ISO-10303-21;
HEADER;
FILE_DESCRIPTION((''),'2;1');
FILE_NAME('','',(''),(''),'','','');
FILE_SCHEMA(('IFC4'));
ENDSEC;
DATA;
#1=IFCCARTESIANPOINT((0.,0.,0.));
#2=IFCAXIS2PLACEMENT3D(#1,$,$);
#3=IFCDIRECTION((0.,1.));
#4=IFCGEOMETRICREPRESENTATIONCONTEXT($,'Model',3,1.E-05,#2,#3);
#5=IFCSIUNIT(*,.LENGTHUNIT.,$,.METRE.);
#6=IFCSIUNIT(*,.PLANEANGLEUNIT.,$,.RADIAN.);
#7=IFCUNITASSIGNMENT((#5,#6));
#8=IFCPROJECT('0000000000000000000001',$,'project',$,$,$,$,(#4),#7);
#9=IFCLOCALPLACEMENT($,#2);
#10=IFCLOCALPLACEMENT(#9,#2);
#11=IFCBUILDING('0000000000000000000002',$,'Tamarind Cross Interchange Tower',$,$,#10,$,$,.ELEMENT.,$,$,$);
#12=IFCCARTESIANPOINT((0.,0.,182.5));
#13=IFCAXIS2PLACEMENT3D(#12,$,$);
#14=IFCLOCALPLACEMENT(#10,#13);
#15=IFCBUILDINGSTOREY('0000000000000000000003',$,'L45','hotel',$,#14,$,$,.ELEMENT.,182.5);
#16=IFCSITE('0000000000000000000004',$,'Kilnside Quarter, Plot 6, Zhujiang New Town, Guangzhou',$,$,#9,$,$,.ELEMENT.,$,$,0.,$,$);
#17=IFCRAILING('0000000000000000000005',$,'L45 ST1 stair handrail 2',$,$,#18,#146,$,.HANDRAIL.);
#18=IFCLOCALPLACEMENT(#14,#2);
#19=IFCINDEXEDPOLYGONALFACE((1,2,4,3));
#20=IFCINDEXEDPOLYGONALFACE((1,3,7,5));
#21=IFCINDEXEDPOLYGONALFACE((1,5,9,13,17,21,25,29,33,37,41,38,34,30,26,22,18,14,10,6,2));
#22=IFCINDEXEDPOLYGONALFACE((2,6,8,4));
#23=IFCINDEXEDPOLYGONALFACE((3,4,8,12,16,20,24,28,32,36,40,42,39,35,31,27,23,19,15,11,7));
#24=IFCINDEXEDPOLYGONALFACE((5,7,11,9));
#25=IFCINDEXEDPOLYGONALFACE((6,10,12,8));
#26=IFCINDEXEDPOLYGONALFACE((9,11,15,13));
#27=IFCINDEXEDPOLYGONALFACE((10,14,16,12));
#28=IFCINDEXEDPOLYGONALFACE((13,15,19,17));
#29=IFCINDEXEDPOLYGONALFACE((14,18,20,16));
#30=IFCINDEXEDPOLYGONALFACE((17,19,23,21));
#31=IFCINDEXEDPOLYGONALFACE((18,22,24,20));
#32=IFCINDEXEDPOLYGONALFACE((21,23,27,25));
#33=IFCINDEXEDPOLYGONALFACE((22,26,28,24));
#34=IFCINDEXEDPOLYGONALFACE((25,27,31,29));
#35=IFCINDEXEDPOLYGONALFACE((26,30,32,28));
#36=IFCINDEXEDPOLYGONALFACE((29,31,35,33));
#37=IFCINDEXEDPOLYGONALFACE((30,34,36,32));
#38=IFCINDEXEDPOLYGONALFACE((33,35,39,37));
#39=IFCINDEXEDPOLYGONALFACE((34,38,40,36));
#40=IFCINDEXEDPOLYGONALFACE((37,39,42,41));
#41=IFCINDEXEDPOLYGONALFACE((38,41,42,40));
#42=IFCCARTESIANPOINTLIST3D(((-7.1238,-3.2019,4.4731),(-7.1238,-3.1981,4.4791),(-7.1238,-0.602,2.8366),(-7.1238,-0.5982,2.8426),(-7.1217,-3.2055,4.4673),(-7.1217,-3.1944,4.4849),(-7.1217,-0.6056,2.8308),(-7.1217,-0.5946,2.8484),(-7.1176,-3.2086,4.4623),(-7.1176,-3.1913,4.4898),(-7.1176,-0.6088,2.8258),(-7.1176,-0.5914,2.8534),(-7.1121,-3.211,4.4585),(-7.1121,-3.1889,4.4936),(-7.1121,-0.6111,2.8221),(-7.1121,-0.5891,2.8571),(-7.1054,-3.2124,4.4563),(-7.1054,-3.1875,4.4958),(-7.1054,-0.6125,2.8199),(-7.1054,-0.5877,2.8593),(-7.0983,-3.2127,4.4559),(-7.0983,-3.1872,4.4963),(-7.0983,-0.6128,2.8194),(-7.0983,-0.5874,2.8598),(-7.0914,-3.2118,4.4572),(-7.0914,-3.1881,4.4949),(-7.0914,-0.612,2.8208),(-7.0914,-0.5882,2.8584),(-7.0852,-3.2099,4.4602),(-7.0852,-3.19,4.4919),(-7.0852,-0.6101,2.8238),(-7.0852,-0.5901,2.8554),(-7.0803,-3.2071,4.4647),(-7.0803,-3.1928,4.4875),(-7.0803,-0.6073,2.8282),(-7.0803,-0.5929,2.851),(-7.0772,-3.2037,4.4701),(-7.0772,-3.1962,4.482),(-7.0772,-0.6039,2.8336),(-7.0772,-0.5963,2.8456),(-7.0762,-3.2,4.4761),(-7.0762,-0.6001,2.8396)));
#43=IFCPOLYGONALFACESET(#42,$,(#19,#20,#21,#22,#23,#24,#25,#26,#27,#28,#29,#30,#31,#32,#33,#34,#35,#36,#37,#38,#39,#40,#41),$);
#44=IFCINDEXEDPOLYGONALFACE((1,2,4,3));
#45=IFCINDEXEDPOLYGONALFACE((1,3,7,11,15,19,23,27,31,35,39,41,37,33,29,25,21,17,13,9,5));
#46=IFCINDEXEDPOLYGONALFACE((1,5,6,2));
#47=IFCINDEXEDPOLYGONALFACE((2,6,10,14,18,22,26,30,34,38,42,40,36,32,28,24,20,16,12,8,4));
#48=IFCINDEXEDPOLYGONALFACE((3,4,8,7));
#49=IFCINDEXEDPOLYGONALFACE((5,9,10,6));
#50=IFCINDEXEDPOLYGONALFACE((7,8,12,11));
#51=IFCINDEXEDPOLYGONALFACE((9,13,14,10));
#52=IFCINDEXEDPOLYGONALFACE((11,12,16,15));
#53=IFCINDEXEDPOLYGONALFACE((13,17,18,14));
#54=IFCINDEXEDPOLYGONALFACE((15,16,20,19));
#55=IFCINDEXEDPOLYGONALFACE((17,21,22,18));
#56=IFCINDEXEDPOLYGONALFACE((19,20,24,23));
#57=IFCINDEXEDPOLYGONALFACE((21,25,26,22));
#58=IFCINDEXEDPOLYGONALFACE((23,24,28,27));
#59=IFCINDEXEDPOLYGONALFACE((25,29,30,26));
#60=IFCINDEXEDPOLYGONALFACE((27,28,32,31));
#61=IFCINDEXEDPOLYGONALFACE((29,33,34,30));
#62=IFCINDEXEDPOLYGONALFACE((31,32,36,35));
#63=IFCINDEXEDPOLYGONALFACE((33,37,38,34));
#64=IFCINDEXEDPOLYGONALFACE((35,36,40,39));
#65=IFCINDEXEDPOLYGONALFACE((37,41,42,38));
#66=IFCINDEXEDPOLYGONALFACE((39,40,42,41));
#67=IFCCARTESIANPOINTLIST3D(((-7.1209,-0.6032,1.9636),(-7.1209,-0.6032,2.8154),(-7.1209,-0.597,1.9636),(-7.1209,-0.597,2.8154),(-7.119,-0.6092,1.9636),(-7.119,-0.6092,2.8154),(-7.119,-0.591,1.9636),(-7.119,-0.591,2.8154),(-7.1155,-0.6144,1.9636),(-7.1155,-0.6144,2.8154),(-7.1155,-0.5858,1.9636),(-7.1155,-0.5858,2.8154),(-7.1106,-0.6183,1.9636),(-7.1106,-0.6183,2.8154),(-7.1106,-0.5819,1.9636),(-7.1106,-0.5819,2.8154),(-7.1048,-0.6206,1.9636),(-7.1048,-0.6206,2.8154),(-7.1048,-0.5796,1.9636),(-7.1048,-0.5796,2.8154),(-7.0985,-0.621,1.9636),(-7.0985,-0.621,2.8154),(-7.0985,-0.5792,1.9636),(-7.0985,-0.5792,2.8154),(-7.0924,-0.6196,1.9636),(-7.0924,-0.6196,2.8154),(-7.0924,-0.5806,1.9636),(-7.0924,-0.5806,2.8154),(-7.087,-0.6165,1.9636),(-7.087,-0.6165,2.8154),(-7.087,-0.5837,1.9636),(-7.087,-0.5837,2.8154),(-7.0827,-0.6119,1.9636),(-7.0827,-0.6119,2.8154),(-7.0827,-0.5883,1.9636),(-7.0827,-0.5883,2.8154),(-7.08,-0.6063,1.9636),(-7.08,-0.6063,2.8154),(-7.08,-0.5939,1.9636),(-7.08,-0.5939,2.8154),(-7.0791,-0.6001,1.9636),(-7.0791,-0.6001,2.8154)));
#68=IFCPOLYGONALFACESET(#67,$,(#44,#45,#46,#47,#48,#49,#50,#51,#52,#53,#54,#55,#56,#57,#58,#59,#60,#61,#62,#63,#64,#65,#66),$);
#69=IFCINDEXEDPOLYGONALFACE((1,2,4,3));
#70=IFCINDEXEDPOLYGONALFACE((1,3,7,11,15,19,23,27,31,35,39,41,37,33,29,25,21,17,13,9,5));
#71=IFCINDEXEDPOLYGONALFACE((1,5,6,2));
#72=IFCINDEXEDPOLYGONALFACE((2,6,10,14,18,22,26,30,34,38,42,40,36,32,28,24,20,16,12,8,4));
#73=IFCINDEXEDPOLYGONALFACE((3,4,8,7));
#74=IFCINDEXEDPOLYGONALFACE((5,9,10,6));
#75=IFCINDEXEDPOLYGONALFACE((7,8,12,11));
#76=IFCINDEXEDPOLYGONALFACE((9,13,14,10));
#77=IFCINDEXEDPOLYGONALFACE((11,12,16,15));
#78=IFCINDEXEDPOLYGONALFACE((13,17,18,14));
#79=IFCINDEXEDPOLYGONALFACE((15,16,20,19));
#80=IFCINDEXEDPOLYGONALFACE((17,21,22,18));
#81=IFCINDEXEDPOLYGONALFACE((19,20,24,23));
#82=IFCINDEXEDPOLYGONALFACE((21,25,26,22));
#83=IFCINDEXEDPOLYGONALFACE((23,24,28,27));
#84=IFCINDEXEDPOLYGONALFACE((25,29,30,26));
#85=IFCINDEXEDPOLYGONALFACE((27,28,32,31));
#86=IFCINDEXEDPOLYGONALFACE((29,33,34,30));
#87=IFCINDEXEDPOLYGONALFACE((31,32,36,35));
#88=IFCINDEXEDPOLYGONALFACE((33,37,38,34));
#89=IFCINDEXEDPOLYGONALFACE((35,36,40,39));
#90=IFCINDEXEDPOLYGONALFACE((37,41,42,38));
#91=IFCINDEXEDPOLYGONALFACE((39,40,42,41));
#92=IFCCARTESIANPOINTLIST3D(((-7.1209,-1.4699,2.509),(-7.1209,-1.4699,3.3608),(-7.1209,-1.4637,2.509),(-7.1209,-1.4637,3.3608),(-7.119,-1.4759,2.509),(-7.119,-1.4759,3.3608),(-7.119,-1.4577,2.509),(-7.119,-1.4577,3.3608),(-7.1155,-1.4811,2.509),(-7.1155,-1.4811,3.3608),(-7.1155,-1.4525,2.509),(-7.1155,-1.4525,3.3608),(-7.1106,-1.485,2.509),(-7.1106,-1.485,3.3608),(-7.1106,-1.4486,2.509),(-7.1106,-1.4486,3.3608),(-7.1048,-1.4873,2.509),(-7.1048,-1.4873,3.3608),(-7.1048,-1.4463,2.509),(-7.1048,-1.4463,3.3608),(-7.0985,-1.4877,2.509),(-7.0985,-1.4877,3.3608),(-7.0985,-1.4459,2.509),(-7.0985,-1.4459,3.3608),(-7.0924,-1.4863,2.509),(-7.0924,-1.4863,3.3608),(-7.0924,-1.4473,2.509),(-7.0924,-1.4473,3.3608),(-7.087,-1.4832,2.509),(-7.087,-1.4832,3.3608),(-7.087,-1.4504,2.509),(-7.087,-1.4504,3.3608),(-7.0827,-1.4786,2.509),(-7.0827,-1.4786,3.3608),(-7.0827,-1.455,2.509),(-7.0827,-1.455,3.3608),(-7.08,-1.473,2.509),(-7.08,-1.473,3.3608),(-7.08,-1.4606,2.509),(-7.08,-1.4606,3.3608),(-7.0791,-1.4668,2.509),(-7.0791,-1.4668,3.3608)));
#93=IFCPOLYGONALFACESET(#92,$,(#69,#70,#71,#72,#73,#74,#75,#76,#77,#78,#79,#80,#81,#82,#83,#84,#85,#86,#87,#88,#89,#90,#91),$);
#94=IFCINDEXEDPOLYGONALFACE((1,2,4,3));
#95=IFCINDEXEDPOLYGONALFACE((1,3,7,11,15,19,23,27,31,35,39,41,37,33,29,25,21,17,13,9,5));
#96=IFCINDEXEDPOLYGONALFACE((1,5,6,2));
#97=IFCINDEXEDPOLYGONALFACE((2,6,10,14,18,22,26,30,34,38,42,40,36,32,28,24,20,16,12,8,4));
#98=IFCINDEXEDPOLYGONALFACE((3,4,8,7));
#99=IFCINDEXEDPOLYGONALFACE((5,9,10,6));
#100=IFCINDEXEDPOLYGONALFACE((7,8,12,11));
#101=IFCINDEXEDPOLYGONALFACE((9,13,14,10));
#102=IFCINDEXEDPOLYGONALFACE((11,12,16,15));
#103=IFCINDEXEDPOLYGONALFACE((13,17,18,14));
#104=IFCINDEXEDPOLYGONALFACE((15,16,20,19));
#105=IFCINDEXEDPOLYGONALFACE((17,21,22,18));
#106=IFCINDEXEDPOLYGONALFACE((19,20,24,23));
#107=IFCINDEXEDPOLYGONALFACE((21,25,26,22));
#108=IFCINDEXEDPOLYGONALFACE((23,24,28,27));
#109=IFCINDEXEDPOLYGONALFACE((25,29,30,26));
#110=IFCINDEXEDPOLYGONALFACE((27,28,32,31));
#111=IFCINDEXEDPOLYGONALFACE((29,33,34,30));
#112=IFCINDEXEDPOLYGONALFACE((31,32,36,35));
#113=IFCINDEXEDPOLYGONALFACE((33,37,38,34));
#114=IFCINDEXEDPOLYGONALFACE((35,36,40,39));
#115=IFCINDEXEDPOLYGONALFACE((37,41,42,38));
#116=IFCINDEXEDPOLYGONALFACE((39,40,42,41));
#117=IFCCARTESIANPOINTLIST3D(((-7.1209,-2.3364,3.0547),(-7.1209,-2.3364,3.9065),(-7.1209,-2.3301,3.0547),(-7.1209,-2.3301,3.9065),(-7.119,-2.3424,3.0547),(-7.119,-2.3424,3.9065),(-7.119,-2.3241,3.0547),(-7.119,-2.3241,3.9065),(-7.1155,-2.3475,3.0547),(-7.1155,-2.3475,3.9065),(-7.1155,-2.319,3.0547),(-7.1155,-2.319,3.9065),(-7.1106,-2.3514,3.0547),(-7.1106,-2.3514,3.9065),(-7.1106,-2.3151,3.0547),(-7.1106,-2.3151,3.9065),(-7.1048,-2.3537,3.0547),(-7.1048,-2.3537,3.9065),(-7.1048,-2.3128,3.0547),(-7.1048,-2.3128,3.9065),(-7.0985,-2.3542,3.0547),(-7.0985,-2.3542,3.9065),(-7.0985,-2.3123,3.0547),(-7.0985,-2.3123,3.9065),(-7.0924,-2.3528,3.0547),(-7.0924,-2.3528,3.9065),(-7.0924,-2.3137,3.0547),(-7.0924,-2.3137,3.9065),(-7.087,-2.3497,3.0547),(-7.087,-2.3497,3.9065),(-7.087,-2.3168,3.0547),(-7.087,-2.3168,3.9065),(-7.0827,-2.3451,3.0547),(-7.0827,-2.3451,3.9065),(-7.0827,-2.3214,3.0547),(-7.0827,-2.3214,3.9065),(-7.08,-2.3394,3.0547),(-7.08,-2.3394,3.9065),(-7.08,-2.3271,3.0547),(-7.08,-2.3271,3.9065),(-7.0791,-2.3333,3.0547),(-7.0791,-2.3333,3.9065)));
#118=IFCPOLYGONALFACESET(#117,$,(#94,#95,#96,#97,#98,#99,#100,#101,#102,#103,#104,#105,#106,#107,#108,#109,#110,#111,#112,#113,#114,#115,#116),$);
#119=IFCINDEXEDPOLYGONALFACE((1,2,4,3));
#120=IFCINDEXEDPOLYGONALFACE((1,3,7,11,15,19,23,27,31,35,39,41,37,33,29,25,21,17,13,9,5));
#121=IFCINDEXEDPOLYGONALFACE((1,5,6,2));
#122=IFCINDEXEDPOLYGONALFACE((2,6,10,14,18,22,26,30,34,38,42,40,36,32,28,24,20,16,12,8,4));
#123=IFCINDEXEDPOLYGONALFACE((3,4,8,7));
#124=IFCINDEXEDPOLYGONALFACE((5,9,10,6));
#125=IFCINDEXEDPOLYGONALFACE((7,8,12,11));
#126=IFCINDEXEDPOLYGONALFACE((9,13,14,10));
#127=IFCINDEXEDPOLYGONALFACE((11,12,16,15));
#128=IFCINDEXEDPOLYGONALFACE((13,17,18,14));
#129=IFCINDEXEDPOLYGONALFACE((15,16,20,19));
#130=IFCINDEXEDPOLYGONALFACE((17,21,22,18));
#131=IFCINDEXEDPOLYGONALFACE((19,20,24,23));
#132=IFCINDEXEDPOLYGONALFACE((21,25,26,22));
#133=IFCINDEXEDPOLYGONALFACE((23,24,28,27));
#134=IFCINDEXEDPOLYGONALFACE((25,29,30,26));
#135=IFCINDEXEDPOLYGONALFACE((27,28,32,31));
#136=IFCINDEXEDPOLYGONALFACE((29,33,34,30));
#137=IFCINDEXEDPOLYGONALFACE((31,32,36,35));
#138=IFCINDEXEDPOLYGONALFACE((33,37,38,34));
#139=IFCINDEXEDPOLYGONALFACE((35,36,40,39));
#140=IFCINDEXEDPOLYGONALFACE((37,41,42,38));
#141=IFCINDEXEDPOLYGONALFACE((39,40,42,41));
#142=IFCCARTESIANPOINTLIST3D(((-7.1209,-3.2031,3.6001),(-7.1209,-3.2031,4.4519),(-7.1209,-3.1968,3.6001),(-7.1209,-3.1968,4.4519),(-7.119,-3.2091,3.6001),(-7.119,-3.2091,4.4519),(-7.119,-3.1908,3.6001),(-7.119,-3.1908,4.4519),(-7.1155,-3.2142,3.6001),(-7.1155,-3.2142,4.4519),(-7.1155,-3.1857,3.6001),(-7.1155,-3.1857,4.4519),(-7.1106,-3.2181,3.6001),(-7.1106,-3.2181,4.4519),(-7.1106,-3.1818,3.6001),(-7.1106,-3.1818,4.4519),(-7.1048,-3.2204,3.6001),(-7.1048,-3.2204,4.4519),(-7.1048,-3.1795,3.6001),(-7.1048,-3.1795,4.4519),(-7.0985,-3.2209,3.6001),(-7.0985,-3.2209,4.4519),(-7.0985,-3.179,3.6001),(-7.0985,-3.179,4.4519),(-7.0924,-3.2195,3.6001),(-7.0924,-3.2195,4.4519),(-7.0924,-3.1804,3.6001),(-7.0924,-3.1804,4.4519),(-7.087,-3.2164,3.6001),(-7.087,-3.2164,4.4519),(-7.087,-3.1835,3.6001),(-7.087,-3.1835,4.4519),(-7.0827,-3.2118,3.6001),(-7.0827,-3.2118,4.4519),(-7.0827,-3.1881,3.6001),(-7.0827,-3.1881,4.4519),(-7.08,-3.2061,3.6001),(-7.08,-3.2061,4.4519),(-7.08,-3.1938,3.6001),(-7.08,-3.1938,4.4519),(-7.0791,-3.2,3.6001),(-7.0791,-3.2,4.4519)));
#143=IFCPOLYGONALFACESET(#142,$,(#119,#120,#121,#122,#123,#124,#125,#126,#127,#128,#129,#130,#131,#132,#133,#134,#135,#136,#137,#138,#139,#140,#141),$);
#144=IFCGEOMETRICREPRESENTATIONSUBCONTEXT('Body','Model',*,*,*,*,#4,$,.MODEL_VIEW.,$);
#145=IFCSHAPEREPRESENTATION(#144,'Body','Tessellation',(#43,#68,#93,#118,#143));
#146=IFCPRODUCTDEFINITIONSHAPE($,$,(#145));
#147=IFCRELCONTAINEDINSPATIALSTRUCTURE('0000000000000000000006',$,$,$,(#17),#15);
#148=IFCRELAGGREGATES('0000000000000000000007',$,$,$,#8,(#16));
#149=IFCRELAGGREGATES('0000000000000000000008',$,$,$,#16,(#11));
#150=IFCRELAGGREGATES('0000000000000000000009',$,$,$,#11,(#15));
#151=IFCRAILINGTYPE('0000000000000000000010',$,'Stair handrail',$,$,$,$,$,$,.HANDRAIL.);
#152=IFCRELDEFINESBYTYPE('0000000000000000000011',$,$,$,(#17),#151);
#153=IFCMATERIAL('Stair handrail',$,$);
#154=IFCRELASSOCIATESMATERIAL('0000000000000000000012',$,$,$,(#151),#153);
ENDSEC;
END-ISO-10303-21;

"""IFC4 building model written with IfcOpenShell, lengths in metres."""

from ifc_helpers import new_model, si_unit, direction, frame, origin, origin_2d, place, context, subcontext, project, spatial, circle, extrude, material, type_object, element, save


model = new_model("IFC4")

# Units and contexts
model_context = context("Model", 3, precision=1e-05, world=origin(), true_north=direction((0.0, 1.0)))
body_context = subcontext(model_context, "Body", "Model", "MODEL_VIEW")
ifc_project = project(units=[si_unit("LENGTHUNIT", "METRE"), si_unit("PLANEANGLEUNIT", "RADIAN")], contexts=[model_context])

# Site, building, storey
site_placement = place(None, origin())
site = spatial("IfcSite", under=ifc_project, at=site_placement, Name="Kilnside Quarter, Plot 6, Zhujiang New Town, Guangzhou", CompositionType="ELEMENT", RefElevation=0.0)
building_placement = place(site_placement, origin())
building = spatial("IfcBuilding", under=site, at=building_placement, Name="Tamarind Cross Interchange Tower", CompositionType="ELEMENT")
storey_placement = place(building_placement, frame((0.0, 0.0, 182.5)))
storey = spatial("IfcBuildingStorey", under=building, at=storey_placement, Name="L45", Description="hotel", CompositionType="ELEMENT", Elevation=182.5)

# Railing
ifc_material_1 = material(Name="Stair handrail")
railing_type_1 = type_object("IfcRailingType", Name="Stair handrail", PredefinedType="HANDRAIL", material=ifc_material_1)
railing_1_placement = place(storey_placement, frame((-7.1001, -0.6001, 1.9636)))
element("IfcRailing", 1, at=railing_1_placement, inside=storey, type_object=railing_type_1, Name="L45 ST1 stair handrail 2", PredefinedType="HANDRAIL", context=body_context, shape_type="SweptSolid", body=[
    extrude(circle(Radius=0.0239, at=origin_2d()), frame((0.0, 0.0, 0.876), z_axis=(0.0, -0.846302, 0.532704), x_axis=(1.0, 0.0, 0.0)), (0.0, 0.0, 1.0), 3.072),
    extrude(circle(Radius=0.021, at=origin_2d()), origin(), (0.0, 0.0, 1.0), 0.8518),
    extrude(circle(Radius=0.021, at=origin_2d()), frame((0.0, -0.8667, 0.5454)), (0.0, 0.0, 1.0), 0.8518),
    extrude(circle(Radius=0.021, at=origin_2d()), frame((0.0, -1.7332, 1.0911)), (0.0, 0.0, 1.0), 0.8518),
    extrude(circle(Radius=0.021, at=origin_2d()), frame((0.0, -2.5999, 1.6365)), (0.0, 0.0, 1.0), 0.8518),
])

save(model, "model.ifc")
